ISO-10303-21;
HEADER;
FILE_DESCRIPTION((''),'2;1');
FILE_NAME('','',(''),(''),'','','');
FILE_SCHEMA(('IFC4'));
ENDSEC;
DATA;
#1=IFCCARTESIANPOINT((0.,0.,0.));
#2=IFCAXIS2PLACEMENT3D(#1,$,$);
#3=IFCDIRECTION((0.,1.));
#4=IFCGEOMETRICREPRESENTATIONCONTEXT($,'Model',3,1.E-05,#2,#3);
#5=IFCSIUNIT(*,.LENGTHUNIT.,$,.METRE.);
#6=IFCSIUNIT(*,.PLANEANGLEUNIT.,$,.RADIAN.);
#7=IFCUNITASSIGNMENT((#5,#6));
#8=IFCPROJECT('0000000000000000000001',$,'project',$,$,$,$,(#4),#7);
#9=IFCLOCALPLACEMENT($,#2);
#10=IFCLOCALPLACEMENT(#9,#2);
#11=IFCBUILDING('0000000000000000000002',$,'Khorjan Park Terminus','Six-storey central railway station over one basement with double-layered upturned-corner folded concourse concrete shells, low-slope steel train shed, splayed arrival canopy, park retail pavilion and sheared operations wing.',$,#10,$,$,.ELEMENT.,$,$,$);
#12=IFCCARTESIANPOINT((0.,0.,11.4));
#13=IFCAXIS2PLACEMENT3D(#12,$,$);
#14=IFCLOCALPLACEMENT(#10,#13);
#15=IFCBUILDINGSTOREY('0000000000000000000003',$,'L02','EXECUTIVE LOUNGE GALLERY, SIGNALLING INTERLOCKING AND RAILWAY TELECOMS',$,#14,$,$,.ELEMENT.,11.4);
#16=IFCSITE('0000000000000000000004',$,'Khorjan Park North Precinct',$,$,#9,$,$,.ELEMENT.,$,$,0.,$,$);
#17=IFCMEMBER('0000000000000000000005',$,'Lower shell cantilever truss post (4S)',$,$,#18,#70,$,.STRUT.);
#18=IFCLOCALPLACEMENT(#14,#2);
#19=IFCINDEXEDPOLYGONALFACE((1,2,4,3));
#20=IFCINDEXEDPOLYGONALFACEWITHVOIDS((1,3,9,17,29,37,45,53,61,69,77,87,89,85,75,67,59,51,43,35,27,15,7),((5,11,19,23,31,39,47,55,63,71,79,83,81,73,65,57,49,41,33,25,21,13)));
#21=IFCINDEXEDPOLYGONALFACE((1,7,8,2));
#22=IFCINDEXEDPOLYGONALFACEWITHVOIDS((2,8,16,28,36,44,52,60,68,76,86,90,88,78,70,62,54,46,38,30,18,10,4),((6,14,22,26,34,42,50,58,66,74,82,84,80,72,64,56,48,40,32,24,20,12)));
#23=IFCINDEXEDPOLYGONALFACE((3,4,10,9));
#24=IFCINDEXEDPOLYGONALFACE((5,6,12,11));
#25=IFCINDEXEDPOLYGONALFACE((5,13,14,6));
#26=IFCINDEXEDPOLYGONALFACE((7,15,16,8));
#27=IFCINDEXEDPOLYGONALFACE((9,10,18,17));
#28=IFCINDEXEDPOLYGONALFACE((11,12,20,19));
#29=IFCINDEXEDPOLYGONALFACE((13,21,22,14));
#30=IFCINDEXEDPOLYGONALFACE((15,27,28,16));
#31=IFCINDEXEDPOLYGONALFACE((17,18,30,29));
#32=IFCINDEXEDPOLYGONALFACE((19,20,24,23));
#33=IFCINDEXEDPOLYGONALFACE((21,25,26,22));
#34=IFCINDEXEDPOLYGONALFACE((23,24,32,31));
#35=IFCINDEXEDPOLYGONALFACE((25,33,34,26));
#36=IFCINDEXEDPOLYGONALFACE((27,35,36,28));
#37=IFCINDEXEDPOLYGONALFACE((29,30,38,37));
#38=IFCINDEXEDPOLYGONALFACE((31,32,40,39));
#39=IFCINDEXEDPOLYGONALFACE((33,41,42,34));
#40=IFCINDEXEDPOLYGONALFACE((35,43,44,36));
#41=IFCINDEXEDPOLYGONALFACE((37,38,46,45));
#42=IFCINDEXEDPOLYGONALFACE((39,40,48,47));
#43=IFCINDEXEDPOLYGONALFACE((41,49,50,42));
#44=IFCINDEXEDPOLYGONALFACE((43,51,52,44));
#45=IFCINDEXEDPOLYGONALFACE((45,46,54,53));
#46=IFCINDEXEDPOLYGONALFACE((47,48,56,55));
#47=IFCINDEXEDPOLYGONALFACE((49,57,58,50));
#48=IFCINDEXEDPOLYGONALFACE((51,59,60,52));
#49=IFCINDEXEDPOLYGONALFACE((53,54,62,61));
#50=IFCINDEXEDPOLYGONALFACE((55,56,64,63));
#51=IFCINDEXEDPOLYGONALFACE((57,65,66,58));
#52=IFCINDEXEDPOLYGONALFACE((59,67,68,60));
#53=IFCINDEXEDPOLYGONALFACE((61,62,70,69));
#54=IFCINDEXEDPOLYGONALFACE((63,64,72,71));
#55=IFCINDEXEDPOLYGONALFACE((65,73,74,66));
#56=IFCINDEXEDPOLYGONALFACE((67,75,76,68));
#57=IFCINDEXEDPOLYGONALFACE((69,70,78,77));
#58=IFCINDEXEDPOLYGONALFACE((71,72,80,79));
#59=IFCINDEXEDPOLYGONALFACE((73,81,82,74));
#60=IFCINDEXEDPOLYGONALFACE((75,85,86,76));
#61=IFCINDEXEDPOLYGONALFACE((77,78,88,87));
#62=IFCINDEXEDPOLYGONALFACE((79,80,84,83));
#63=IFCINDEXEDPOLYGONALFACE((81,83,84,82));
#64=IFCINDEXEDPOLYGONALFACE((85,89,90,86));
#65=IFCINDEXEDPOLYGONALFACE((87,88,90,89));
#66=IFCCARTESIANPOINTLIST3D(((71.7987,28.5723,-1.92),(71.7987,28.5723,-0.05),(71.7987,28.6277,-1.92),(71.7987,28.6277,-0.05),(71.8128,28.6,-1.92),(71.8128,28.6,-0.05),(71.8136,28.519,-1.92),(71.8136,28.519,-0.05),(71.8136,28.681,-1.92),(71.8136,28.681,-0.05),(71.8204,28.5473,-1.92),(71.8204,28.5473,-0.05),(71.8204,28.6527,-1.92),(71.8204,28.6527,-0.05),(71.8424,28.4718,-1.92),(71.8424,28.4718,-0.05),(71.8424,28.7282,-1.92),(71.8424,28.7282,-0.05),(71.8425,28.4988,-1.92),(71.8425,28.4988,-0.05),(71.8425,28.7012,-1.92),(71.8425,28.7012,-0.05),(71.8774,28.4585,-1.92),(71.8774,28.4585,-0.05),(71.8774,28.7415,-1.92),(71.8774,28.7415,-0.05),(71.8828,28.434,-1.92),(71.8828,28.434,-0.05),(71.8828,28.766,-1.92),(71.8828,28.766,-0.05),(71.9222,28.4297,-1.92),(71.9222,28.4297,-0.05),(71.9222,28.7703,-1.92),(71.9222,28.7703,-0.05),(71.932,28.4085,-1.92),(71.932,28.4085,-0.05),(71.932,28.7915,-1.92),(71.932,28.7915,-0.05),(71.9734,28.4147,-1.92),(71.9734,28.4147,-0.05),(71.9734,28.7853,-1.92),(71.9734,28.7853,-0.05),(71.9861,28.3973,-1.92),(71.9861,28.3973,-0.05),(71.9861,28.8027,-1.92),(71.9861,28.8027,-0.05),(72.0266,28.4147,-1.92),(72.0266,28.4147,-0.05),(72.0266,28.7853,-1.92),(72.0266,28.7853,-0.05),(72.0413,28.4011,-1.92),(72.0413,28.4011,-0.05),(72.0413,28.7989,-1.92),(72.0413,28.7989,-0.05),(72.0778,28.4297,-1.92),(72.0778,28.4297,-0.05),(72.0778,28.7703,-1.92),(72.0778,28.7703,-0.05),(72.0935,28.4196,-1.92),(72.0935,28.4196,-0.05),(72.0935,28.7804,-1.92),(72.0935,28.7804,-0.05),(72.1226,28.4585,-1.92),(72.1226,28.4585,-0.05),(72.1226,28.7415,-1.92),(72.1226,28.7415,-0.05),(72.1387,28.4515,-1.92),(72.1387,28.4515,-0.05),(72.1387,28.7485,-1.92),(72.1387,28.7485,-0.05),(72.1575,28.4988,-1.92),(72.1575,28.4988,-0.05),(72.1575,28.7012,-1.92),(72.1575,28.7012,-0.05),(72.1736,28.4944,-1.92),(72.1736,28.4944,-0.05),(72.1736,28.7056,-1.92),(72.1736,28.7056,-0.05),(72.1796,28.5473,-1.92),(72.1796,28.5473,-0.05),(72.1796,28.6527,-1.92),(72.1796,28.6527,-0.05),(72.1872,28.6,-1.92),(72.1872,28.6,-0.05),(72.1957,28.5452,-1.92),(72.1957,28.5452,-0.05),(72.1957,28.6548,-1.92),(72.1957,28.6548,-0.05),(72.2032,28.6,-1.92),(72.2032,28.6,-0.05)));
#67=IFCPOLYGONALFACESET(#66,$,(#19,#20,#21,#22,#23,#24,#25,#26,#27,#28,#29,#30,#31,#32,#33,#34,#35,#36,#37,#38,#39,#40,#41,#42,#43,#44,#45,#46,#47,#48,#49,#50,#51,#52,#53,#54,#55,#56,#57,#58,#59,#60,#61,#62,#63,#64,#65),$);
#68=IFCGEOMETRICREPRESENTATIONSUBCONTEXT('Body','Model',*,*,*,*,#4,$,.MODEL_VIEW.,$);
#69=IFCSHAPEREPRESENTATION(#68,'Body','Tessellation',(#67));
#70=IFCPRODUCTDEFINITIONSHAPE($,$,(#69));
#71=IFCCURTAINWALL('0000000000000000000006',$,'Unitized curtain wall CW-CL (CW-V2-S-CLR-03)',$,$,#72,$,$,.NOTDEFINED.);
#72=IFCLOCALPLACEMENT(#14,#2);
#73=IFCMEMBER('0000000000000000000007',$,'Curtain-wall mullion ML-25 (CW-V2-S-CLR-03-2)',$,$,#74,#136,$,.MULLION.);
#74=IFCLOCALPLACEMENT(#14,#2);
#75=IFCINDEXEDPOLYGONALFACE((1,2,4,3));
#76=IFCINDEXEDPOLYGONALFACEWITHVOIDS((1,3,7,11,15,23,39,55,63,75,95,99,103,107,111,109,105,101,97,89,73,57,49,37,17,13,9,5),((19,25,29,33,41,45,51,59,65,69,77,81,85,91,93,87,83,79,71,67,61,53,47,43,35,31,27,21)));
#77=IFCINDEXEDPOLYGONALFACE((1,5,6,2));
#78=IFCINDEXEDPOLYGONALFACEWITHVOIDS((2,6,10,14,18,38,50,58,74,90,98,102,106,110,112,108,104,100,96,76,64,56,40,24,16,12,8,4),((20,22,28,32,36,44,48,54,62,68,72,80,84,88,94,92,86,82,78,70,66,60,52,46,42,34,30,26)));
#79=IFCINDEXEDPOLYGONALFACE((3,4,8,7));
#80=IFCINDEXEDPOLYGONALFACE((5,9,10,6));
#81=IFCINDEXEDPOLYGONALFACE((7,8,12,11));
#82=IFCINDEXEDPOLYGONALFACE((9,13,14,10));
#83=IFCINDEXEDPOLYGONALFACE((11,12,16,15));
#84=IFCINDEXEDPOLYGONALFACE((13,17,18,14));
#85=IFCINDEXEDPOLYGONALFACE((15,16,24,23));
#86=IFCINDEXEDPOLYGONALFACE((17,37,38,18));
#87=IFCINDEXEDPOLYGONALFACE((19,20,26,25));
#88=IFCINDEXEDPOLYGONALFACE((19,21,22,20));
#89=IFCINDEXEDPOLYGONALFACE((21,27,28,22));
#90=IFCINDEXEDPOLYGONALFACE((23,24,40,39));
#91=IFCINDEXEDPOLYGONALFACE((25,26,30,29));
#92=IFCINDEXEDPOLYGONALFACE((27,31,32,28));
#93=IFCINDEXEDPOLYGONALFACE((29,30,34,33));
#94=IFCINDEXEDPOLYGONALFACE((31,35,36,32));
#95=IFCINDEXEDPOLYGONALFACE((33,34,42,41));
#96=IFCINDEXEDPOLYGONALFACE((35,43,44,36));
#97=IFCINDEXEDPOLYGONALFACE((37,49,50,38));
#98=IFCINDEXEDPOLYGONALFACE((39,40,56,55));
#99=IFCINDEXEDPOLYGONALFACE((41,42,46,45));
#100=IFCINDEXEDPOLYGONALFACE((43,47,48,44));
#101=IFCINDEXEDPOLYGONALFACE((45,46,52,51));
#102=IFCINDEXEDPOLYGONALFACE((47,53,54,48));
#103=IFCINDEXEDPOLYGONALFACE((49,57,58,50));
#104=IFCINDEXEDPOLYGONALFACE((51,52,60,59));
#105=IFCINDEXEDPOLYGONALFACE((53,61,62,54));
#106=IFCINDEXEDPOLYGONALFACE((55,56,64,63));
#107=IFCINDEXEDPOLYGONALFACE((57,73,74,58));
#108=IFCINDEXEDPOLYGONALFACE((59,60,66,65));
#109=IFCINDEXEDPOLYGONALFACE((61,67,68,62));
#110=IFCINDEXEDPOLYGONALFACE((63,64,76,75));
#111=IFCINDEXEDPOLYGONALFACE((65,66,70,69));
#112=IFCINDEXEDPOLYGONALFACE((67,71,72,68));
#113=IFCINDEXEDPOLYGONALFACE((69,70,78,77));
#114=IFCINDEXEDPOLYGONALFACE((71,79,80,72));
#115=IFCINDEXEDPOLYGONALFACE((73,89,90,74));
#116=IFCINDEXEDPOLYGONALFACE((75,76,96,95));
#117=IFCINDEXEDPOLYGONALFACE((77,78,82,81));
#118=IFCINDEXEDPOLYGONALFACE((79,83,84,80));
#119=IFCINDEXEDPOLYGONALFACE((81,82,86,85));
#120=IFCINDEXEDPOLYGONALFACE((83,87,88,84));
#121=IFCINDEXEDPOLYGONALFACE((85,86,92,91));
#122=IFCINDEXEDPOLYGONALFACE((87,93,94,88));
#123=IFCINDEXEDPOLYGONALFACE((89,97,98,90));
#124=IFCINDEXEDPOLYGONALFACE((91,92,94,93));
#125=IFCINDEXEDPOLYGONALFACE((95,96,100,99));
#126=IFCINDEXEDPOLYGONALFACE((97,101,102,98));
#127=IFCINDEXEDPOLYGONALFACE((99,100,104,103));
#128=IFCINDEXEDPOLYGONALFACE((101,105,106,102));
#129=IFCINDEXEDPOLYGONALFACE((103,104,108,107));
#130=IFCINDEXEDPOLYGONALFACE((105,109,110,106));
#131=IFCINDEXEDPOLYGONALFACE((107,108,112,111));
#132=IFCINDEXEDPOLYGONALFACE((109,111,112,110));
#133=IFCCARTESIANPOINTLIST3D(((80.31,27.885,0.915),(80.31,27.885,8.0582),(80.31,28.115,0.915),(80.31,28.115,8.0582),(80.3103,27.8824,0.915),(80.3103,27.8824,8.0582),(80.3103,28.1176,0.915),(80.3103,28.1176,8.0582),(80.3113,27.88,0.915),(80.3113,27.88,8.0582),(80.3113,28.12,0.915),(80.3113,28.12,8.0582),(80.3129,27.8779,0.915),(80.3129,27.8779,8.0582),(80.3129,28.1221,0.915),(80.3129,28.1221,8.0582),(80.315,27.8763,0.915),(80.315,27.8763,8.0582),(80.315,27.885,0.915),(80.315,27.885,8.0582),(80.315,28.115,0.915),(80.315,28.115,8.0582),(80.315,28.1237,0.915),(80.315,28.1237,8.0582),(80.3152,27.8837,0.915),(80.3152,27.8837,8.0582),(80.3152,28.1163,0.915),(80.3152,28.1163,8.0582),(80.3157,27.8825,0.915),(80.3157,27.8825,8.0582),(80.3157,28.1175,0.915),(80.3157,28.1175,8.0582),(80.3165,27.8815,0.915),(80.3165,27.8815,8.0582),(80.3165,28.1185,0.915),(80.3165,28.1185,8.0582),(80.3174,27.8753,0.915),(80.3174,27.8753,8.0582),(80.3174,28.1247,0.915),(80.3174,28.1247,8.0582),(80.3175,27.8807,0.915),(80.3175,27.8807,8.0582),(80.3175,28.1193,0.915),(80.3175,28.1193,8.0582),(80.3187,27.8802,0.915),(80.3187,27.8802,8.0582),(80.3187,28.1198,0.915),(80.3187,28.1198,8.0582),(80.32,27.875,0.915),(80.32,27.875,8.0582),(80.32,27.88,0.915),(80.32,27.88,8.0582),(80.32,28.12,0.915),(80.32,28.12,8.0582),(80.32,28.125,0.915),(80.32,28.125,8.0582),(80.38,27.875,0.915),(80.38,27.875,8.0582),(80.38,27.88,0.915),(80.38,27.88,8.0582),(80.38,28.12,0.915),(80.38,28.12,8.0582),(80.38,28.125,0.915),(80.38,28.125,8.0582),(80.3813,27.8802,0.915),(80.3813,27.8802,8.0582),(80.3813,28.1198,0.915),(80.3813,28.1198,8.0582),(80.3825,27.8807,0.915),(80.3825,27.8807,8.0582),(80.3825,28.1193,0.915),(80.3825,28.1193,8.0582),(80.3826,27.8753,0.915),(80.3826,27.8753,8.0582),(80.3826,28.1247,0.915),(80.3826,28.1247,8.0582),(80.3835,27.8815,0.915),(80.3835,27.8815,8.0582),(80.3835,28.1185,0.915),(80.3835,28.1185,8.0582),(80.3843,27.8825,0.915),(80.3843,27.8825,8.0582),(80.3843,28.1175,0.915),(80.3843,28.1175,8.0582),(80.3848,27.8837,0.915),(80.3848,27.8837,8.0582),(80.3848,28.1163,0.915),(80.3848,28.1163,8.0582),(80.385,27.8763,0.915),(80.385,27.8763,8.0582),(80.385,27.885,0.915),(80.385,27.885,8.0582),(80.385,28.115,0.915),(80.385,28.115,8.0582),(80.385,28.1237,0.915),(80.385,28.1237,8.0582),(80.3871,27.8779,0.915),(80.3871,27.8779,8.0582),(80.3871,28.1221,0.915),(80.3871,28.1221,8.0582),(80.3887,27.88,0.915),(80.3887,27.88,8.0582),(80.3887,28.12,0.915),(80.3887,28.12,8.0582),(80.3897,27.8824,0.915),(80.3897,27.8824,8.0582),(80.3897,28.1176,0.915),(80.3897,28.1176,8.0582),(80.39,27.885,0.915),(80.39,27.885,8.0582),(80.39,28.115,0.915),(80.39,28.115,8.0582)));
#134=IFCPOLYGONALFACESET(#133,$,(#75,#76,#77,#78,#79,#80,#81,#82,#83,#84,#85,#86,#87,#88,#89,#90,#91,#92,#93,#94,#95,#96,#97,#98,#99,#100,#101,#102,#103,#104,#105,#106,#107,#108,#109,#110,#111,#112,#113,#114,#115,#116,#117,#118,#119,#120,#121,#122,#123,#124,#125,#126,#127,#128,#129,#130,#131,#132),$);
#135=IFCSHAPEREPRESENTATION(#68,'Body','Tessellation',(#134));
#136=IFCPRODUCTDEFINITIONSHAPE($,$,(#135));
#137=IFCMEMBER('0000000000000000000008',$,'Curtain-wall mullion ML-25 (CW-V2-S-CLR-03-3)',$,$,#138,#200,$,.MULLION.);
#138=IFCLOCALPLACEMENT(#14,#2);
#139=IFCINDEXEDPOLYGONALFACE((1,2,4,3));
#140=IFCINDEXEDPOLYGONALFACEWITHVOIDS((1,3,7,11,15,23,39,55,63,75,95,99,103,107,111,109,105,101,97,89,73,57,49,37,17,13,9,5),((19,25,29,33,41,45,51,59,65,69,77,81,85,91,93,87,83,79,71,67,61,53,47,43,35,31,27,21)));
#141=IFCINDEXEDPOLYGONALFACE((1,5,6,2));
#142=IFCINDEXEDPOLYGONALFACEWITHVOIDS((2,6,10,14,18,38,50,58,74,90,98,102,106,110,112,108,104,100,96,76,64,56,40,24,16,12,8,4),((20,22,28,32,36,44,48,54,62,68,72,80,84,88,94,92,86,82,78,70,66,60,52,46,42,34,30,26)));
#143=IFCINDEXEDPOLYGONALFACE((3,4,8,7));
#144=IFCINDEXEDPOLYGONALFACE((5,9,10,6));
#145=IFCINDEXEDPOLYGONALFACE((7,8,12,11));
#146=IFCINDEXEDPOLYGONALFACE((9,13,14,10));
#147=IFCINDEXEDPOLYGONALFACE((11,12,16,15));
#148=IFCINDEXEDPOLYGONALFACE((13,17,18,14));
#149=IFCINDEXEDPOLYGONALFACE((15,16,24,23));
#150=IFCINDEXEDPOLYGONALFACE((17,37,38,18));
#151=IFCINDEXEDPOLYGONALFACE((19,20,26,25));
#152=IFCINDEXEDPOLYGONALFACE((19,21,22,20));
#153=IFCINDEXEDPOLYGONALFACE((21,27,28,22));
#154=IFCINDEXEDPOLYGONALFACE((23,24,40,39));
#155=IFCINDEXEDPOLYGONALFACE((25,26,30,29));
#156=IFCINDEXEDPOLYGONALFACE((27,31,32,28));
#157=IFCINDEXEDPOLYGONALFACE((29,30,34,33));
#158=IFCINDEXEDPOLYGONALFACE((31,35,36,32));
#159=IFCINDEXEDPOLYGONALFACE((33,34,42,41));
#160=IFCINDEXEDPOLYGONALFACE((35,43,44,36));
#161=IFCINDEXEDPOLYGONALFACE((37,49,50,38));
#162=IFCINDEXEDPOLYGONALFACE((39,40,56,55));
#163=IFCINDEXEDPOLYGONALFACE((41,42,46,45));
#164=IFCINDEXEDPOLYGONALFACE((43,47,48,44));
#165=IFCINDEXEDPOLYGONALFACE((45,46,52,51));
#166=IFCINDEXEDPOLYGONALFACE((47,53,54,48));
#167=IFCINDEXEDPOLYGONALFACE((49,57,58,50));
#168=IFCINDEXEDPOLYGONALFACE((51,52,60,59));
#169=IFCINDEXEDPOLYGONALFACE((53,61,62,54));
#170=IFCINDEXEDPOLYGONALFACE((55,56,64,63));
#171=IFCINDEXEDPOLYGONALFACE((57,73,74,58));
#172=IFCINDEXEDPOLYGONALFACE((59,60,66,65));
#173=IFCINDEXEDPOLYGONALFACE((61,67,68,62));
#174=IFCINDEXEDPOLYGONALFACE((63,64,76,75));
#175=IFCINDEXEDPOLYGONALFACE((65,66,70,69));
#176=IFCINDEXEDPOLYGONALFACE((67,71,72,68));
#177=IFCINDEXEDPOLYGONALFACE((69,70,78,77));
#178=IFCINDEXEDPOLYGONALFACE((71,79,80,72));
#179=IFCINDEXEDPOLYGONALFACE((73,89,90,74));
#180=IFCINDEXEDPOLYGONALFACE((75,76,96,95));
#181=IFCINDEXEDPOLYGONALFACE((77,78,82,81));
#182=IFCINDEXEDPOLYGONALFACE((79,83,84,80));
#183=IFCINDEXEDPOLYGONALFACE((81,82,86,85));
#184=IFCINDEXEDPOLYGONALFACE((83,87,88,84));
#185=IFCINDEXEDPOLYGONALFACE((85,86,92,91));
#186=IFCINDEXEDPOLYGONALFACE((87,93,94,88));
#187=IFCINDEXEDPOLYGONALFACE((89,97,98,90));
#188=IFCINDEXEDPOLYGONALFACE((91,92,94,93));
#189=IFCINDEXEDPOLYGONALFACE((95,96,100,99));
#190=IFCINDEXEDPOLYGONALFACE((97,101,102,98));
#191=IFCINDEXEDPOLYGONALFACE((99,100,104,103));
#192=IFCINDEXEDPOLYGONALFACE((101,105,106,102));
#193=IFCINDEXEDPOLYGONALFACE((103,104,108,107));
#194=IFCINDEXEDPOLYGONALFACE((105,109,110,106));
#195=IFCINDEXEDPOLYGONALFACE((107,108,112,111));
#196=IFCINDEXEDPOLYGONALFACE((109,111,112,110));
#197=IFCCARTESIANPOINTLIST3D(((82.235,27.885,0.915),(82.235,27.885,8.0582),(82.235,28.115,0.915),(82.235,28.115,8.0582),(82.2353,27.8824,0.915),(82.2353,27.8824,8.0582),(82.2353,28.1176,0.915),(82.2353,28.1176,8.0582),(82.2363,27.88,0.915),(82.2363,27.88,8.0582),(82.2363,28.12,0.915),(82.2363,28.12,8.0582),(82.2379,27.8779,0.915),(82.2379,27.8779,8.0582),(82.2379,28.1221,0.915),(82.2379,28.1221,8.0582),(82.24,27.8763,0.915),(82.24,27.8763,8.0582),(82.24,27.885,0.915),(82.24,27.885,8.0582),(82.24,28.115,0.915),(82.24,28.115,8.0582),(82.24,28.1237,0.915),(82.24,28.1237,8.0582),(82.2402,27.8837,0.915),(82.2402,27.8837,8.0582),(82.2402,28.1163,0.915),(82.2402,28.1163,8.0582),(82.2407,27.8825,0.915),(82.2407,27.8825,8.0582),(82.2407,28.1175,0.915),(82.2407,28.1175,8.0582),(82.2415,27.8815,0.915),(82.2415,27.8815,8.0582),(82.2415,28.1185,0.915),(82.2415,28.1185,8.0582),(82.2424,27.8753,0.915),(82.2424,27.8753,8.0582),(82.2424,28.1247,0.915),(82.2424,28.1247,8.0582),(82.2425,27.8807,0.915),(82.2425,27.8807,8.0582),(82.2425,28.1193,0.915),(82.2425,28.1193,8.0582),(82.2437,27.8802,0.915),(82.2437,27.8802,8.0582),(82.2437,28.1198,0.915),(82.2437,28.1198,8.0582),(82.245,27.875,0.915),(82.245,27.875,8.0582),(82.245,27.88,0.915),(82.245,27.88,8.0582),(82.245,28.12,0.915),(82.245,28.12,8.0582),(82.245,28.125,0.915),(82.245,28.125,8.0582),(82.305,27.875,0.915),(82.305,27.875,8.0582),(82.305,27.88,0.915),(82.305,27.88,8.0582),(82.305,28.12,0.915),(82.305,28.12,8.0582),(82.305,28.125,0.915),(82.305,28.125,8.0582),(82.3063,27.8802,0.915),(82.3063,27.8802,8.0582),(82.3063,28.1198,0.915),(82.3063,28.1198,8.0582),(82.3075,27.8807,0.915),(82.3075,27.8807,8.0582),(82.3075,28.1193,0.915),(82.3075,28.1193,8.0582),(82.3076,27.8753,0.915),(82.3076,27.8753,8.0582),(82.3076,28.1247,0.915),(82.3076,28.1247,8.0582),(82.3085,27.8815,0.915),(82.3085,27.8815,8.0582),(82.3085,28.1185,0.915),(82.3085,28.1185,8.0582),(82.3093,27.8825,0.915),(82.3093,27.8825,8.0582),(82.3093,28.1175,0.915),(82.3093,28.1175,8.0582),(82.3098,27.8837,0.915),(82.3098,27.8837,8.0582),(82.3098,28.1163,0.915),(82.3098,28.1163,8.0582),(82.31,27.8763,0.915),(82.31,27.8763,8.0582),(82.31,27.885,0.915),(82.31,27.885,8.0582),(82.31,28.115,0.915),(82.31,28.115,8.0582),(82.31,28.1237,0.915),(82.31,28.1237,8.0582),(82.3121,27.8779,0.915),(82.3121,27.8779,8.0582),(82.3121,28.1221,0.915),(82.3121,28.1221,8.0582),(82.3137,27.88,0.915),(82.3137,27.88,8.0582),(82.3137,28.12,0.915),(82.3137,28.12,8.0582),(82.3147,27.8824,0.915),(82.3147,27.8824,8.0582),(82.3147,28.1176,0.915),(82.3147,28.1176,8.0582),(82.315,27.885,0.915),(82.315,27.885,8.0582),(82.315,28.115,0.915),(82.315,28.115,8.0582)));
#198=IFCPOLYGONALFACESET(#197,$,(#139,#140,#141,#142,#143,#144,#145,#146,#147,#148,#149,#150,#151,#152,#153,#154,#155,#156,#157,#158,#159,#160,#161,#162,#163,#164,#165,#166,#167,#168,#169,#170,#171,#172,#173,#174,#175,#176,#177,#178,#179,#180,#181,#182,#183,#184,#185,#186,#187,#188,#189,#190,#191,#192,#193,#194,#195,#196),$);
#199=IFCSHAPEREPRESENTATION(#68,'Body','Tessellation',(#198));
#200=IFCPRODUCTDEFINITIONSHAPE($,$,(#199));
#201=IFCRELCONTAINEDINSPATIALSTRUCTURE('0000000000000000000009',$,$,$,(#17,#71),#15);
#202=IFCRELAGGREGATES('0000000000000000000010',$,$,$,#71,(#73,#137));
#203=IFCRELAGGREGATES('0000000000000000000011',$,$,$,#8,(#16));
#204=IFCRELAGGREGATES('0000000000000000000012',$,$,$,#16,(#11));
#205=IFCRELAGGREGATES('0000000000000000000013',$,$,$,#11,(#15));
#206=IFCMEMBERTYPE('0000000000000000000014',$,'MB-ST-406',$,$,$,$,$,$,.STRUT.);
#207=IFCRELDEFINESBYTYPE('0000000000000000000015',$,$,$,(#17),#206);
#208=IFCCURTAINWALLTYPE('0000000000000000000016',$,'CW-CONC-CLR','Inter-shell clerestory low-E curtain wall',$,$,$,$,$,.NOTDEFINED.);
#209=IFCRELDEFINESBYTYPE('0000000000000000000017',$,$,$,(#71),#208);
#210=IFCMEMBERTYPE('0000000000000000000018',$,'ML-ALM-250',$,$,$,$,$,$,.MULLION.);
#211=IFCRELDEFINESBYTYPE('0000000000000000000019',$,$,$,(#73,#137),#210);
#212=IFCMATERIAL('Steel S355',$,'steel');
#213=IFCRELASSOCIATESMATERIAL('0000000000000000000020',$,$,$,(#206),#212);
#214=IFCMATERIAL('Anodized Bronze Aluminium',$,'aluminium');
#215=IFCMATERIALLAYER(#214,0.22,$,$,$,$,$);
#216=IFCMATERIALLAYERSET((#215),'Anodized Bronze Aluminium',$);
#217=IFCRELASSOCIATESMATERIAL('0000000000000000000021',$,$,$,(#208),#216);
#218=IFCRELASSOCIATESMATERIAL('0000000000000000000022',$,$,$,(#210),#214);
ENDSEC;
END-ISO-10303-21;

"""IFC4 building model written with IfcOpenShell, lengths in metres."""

from ifc_helpers import new_model, si_unit, direction, frame, origin, origin_2d, place, context, subcontext, project, spatial, hollow_rectangle, hollow_circle, extrude, material, layer, layer_set, material_profile, profile_set, type_object, element, aggregate, save


model = new_model("IFC4")

# Units and contexts
model_context = context("Model", 3, precision=1e-05, world=origin(), true_north=direction((0.0, 1.0)))
body_context = subcontext(model_context, "Body", "Model", "MODEL_VIEW")
ifc_project = project(units=[si_unit("LENGTHUNIT", "METRE"), si_unit("PLANEANGLEUNIT", "RADIAN")], contexts=[model_context])

# Site, building, storey
site_placement = place(None, origin())
site = spatial("IfcSite", under=ifc_project, at=site_placement, Name="Khorjan Park North Precinct", CompositionType="ELEMENT", RefElevation=0.0)
building_placement = place(site_placement, origin())
building = spatial("IfcBuilding", under=site, at=building_placement, Name="Khorjan Park Terminus", Description="Six-storey central railway station over one basement with double-layered upturned-corner folded concourse concrete shells, low-slope steel train shed, splayed arrival canopy, park retail pavilion and sheared operations wing.", CompositionType="ELEMENT")
storey_placement = place(building_placement, frame((0.0, 0.0, 11.4)))
storey = spatial("IfcBuildingStorey", under=building, at=storey_placement, Name="L02", Description="EXECUTIVE LOUNGE GALLERY, SIGNALLING INTERLOCKING AND RAILWAY TELECOMS", CompositionType="ELEMENT", Elevation=11.4)

# Member
ifc_material_1 = material(Name="Steel S355", Category="steel")
ifc_material_profile_1 = material_profile(ifc_material_1, hollow_circle(Radius=0.2032, WallThickness=0.016, at=origin_2d()), Name="CHS 406.4x16")
ifc_profile_set_1 = profile_set([ifc_material_profile_1], Name="Steel S355")
member_type_1 = type_object("IfcMemberType", Name="MB-ST-406", PredefinedType="STRUT", material=ifc_profile_set_1)
member_1_placement = place(storey_placement, frame((72.0, 28.6, -1.92), z_axis=(0.0, 0.0, 1.0), x_axis=(1.0, 0.0, 0.0)))
element("IfcMember", 1, at=member_1_placement, inside=storey, type_object=member_type_1, Name="Lower shell cantilever truss post (4S)", PredefinedType="STRUT", context=body_context, shape_type="SweptSolid", body=[
    extrude(hollow_circle(Radius=0.2032, WallThickness=0.016, at=origin_2d()), origin(), (0.0, 0.0, 1.0), 1.87),
])

# Curtain wall, members
ifc_material_2 = material(Name="Anodized Bronze Aluminium", Category="aluminium")
ifc_layer_1 = layer(ifc_material_2, 0.22)
ifc_layer_set_1 = layer_set([ifc_layer_1], Name="Anodized Bronze Aluminium")
curtain_wall_type = type_object("IfcCurtainWallType", Name="CW-CONC-CLR", Description="Inter-shell clerestory low-E curtain wall", PredefinedType="NOTDEFINED", material=ifc_layer_set_1)
curtain_wall_1_placement = place(storey_placement, origin())
curtain_wall_1 = element("IfcCurtainWall", 2, at=curtain_wall_1_placement, inside=storey, type_object=curtain_wall_type, Name="Unitized curtain wall CW-CL (CW-V2-S-CLR-03)", PredefinedType="NOTDEFINED")
ifc_material_profile_2 = material_profile(ifc_material_2, hollow_rectangle(XDim=0.08, YDim=0.25, WallThickness=0.005, InnerFilletRadius=0.005, OuterFilletRadius=0.01, at=origin_2d()), Name="ALM 80x250x5")
ifc_profile_set_2 = profile_set([ifc_material_profile_2], Name="Anodized Bronze Aluminium")
member_type_2 = type_object("IfcMemberType", Name="ML-ALM-250", PredefinedType="MULLION", material=ifc_profile_set_2)
member_2_placement = place(storey_placement, frame((80.35, 28.0, 0.915), z_axis=(0.0, 0.0, 1.0), x_axis=(1.0, 0.0, 0.0)))
member_2 = element("IfcMember", 3, at=member_2_placement, type_object=member_type_2, Name="Curtain-wall mullion ML-25 (CW-V2-S-CLR-03-2)", PredefinedType="MULLION", context=body_context, shape_type="SweptSolid", body=[
    extrude(hollow_rectangle(XDim=0.08, YDim=0.25, WallThickness=0.005, InnerFilletRadius=0.005, OuterFilletRadius=0.01, at=origin_2d()), origin(), (0.0, 0.0, 1.0), 7.1432),
])
member_3_placement = place(storey_placement, frame((82.275, 28.0, 0.915), z_axis=(0.0, 0.0, 1.0), x_axis=(1.0, 0.0, 0.0)))
member_3 = element("IfcMember", 4, at=member_3_placement, type_object=member_type_2, Name="Curtain-wall mullion ML-25 (CW-V2-S-CLR-03-3)", PredefinedType="MULLION", context=body_context, shape_type="SweptSolid", body=[
    extrude(hollow_rectangle(XDim=0.08, YDim=0.25, WallThickness=0.005, InnerFilletRadius=0.005, OuterFilletRadius=0.01, at=origin_2d()), origin(), (0.0, 0.0, 1.0), 7.1432),
])

aggregate(curtain_wall_1, [member_2, member_3])

save(model, "model.ifc")
